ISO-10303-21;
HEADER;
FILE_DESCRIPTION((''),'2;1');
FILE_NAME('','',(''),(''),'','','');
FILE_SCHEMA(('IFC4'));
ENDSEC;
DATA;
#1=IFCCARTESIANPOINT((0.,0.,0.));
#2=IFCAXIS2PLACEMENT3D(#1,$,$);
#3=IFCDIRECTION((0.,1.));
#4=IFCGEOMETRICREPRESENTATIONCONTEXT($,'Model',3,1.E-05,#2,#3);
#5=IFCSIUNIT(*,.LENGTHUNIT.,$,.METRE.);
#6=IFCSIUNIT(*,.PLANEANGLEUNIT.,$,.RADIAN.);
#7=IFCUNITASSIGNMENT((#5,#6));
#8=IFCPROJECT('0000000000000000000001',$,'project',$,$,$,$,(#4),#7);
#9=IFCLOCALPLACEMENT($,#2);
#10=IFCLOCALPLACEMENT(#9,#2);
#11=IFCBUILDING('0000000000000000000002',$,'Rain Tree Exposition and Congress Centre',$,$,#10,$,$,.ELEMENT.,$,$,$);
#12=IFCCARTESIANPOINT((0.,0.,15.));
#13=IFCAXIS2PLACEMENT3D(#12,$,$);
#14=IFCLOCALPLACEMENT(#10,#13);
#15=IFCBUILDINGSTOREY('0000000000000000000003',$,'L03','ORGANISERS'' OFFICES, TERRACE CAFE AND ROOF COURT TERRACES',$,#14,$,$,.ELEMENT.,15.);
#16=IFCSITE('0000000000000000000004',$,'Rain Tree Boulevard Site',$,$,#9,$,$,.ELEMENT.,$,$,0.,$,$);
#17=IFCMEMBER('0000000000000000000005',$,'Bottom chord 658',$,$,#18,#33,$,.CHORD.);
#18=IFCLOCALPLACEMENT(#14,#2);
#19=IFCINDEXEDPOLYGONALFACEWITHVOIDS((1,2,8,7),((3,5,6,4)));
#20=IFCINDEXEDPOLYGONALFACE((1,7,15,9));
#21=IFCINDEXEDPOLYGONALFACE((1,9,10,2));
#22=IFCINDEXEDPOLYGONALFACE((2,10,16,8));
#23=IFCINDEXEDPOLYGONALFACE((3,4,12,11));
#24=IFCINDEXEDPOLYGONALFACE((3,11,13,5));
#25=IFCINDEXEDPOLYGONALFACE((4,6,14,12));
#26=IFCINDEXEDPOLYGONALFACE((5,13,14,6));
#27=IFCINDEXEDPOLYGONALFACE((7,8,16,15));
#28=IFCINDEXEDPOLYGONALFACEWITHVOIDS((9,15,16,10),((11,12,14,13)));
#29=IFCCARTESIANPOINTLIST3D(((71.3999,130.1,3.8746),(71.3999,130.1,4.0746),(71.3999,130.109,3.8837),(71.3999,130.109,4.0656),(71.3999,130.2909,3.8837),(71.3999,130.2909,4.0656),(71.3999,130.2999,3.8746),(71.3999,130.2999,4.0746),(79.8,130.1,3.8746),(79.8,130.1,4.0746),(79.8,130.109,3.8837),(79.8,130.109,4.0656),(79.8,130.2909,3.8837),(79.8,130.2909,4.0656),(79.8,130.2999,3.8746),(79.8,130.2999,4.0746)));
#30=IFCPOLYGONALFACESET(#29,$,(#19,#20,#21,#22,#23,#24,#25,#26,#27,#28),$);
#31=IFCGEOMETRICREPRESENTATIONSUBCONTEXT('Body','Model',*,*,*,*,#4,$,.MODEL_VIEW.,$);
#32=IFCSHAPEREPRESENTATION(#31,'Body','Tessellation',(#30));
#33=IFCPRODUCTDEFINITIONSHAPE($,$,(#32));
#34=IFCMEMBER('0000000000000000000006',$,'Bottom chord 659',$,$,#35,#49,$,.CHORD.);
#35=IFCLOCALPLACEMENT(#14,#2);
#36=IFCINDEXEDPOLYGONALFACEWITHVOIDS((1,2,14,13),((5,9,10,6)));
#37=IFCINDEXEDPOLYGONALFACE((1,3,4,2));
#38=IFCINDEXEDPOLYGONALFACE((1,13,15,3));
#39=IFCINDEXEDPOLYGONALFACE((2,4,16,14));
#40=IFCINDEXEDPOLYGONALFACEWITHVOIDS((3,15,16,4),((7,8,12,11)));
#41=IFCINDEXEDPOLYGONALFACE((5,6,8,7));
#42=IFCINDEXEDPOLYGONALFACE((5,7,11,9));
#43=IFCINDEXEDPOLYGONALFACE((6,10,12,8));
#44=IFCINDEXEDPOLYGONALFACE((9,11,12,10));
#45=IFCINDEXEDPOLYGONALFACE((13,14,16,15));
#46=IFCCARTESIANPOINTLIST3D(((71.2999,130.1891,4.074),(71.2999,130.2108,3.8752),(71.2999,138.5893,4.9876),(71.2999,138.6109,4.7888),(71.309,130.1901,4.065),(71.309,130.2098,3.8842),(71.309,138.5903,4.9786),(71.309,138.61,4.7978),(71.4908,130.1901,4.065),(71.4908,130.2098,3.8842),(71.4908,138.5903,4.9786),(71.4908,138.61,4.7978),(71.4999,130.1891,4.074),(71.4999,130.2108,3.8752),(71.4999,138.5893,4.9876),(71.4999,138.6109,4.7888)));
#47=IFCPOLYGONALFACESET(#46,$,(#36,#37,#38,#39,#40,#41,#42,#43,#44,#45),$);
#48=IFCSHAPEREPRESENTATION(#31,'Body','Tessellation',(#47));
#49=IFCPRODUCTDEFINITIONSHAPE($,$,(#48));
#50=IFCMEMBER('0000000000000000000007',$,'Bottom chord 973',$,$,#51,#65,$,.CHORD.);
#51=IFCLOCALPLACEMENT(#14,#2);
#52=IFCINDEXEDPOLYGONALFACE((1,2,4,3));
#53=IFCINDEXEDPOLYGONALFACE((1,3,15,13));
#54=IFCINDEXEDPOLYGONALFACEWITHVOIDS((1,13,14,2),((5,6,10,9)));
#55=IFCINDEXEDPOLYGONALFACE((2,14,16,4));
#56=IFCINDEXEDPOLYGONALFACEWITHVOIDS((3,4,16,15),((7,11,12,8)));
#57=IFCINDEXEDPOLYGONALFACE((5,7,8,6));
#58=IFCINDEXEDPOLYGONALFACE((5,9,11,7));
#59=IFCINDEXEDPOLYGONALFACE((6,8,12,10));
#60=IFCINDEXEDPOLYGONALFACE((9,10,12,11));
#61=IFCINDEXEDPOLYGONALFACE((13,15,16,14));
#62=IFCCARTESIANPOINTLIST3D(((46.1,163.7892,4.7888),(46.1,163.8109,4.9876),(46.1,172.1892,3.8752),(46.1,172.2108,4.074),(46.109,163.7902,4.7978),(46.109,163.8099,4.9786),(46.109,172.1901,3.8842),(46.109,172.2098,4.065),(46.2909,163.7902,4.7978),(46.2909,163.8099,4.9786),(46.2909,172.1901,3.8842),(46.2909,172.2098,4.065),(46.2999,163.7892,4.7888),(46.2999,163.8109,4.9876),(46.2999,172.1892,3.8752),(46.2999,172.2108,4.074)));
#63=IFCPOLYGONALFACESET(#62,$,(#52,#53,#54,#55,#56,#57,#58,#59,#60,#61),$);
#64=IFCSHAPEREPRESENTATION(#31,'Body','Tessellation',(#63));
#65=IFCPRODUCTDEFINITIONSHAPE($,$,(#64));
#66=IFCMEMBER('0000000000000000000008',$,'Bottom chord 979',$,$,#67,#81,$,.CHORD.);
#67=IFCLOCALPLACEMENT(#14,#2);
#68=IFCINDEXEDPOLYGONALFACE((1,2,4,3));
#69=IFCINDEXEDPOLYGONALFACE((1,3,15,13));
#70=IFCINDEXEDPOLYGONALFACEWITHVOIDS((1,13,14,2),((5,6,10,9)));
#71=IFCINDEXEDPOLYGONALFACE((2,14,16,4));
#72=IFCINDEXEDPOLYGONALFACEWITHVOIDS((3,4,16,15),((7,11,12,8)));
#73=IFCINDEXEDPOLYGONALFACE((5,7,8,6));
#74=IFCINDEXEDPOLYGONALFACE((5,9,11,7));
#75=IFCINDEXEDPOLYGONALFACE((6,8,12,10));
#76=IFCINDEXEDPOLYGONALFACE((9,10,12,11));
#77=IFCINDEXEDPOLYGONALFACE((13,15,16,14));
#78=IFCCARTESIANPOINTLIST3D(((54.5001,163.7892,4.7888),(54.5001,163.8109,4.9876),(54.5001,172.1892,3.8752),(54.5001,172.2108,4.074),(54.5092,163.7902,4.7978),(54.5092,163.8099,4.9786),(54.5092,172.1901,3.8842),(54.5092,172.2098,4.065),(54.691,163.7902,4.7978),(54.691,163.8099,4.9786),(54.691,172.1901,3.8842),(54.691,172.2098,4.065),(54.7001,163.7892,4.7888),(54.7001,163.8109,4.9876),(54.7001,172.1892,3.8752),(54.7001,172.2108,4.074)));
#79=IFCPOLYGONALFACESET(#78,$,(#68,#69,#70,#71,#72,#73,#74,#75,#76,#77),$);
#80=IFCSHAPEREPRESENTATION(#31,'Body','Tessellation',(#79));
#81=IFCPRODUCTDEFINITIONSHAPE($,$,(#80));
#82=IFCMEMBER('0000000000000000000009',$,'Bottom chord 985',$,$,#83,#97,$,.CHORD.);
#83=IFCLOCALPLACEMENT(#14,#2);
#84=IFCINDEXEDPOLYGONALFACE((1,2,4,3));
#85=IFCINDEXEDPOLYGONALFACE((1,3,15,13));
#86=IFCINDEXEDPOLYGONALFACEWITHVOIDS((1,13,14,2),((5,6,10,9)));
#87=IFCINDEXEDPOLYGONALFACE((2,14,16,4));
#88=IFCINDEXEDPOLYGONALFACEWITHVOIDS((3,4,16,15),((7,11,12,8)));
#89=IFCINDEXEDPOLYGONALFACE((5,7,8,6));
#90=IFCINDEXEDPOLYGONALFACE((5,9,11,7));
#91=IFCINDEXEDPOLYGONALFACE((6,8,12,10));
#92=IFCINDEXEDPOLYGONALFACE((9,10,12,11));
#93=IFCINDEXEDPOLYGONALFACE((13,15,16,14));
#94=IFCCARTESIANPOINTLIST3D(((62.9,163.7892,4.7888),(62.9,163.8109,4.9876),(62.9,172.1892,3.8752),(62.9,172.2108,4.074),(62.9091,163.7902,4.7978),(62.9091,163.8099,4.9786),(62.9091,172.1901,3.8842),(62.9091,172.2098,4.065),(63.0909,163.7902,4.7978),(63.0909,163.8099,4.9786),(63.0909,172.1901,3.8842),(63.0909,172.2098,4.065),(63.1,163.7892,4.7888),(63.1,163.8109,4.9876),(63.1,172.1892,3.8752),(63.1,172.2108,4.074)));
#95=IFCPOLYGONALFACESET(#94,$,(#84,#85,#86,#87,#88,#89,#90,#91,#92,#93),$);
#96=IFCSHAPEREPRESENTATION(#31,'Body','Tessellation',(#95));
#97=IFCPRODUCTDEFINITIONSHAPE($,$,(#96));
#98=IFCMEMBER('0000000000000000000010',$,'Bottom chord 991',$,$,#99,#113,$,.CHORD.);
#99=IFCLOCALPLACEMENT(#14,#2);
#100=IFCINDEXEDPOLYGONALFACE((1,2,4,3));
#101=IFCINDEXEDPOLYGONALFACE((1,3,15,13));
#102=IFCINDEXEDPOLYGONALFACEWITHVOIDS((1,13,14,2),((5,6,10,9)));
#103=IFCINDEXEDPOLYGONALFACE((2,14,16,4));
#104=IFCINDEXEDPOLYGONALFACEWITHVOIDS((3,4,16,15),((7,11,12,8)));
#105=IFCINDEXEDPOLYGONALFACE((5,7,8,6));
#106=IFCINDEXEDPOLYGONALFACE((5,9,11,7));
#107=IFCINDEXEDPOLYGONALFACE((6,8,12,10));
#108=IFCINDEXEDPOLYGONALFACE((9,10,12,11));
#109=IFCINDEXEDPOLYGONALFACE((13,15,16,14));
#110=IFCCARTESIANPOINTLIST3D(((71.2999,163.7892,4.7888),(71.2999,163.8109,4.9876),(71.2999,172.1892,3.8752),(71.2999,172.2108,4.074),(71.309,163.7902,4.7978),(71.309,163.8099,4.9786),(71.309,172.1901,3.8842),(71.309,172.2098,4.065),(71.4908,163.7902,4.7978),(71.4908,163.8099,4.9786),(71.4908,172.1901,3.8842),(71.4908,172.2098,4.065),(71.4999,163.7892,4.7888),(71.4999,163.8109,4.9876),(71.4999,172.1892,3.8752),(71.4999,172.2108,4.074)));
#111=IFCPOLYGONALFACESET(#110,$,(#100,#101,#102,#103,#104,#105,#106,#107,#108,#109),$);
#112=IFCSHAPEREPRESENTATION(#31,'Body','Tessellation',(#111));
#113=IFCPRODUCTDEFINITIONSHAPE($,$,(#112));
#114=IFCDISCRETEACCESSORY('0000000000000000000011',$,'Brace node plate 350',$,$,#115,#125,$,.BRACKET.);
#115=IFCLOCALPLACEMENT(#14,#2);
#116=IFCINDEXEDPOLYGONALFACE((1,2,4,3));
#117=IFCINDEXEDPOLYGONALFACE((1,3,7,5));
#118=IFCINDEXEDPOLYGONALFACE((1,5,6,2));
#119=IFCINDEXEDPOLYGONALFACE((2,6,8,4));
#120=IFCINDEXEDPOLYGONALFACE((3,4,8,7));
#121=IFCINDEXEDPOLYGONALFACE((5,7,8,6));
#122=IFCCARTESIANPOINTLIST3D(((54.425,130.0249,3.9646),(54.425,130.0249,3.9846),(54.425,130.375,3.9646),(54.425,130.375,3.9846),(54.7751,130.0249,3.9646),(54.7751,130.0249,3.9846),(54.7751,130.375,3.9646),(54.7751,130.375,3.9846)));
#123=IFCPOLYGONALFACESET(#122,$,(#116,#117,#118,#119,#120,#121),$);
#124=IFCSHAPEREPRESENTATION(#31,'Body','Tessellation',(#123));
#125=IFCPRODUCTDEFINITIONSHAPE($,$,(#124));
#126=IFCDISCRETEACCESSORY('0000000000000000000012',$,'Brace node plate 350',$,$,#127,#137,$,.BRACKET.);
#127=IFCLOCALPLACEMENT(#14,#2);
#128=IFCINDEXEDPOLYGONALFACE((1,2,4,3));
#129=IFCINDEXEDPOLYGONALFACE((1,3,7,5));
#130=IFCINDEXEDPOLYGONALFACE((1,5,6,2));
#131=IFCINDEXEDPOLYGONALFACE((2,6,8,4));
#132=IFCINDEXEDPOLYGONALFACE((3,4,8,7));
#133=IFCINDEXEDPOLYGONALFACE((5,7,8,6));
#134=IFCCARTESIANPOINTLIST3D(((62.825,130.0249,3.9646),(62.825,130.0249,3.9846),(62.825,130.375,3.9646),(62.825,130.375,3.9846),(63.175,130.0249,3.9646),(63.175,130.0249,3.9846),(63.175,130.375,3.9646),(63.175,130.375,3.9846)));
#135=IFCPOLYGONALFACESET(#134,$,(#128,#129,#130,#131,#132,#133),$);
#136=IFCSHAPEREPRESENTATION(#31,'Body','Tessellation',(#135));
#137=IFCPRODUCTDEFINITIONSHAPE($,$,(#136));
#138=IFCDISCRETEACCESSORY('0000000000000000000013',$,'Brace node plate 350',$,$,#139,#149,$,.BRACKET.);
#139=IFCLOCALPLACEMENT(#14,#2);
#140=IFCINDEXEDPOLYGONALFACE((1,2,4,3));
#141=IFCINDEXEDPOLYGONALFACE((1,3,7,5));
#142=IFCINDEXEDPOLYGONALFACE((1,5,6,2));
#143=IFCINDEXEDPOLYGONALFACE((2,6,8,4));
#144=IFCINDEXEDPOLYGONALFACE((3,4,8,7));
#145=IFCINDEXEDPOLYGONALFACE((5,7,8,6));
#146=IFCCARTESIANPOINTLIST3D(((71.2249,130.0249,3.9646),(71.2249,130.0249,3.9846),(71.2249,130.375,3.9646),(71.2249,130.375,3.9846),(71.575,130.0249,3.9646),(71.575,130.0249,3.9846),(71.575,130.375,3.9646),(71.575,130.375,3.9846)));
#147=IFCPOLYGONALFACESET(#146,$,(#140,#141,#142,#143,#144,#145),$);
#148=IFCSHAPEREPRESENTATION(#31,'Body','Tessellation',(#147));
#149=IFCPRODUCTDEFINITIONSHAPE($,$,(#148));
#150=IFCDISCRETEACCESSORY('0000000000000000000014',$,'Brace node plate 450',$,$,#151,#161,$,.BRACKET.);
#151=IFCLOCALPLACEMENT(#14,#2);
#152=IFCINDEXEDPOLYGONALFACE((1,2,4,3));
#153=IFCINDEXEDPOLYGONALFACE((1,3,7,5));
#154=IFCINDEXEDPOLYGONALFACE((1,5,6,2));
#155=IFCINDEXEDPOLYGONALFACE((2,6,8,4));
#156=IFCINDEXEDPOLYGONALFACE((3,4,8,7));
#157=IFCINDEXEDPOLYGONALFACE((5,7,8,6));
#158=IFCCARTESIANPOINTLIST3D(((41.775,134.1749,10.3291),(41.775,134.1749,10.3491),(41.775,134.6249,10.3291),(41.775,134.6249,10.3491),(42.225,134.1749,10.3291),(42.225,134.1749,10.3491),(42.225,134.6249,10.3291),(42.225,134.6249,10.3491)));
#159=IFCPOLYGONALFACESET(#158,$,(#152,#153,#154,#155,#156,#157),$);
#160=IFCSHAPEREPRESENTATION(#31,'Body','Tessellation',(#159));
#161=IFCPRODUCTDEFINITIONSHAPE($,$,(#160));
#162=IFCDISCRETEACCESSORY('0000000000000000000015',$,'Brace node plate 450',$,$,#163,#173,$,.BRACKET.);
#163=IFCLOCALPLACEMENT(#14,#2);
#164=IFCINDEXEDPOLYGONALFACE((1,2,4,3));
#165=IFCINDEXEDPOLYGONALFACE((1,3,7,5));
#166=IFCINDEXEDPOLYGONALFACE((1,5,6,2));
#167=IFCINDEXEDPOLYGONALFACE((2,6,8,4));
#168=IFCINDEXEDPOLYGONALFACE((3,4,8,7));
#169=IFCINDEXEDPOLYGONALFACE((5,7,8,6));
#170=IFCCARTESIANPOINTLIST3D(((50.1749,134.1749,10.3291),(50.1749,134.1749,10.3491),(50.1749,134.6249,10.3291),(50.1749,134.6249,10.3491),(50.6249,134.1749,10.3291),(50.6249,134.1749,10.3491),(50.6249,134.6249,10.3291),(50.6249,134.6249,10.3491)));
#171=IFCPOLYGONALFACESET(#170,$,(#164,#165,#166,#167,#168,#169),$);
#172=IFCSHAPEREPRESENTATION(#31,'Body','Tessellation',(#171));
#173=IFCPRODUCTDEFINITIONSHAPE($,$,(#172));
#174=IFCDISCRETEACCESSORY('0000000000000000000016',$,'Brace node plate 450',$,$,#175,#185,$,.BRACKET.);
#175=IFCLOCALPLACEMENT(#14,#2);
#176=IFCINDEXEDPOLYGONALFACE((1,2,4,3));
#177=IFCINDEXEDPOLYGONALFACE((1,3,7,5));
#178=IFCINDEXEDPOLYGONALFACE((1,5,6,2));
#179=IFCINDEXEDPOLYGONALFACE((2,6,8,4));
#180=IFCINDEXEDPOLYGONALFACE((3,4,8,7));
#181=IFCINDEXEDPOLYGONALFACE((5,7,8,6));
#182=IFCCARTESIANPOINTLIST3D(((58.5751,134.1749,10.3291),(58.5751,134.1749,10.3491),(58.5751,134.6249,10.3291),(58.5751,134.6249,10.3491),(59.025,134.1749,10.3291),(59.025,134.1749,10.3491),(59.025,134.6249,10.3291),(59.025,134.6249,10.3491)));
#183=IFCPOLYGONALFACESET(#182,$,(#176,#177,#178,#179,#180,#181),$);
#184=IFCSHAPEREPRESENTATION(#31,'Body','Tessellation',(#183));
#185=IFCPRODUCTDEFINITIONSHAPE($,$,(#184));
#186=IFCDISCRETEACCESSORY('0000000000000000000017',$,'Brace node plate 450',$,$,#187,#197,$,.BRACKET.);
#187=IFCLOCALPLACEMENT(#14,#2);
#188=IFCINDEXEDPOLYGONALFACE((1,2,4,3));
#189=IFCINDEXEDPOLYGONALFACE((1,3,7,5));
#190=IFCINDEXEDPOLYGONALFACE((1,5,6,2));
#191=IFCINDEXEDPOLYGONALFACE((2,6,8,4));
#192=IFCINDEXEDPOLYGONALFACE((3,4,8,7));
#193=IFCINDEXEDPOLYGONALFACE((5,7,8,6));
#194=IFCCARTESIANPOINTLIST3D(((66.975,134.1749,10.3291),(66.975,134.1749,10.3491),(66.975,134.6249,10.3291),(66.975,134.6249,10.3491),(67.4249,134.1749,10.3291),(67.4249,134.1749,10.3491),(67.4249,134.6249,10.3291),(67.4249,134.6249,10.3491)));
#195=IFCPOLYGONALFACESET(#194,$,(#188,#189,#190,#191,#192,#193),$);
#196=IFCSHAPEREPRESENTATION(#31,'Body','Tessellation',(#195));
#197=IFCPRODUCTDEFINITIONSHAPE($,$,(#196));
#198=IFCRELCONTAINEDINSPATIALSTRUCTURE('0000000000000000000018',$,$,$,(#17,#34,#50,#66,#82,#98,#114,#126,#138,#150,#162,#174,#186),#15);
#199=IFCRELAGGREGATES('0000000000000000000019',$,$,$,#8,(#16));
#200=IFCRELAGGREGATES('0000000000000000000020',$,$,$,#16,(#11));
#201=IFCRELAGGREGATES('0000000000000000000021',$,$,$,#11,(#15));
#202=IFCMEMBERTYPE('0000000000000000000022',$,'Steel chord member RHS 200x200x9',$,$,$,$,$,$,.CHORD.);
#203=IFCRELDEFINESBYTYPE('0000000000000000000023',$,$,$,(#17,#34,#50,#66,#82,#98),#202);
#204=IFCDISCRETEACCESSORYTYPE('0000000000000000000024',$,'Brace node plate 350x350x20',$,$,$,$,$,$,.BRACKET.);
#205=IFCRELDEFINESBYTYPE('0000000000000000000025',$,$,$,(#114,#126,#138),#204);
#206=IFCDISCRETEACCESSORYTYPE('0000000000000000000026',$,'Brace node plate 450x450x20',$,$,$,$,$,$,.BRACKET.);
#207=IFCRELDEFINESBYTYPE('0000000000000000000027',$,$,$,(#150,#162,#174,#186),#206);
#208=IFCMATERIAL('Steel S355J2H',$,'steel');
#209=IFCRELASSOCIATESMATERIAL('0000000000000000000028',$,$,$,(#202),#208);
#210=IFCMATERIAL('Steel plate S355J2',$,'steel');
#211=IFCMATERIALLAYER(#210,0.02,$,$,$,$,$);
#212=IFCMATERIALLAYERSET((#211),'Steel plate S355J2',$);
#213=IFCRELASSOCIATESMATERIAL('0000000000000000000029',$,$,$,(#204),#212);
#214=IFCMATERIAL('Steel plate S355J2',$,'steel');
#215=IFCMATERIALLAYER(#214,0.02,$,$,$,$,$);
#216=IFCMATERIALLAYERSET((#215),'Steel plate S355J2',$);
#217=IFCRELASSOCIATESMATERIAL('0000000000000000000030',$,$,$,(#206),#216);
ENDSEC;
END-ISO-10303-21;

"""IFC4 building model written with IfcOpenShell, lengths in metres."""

from ifc_helpers import new_model, si_unit, direction, frame, origin, origin_2d, place, context, subcontext, project, spatial, rectangle, hollow_rectangle, extrude, material, layer, layer_set, material_profile, profile_set, type_object, element, save


model = new_model("IFC4")

# Units and contexts
model_context = context("Model", 3, precision=1e-05, world=origin(), true_north=direction((0.0, 1.0)))
body_context = subcontext(model_context, "Body", "Model", "MODEL_VIEW")
ifc_project = project(units=[si_unit("LENGTHUNIT", "METRE"), si_unit("PLANEANGLEUNIT", "RADIAN")], contexts=[model_context])

# Site, building, storey
site_placement = place(None, origin())
site = spatial("IfcSite", under=ifc_project, at=site_placement, Name="Rain Tree Boulevard Site", CompositionType="ELEMENT", RefElevation=0.0)
building_placement = place(site_placement, origin())
building = spatial("IfcBuilding", under=site, at=building_placement, Name="Rain Tree Exposition and Congress Centre", CompositionType="ELEMENT")
storey_placement = place(building_placement, frame((0.0, 0.0, 15.0)))
storey = spatial("IfcBuildingStorey", under=building, at=storey_placement, Name="L03", Description="ORGANISERS' OFFICES, TERRACE CAFE AND ROOF COURT TERRACES", CompositionType="ELEMENT", Elevation=15.0)

# Members
ifc_material_1 = material(Name="Steel S355J2H", Category="steel")
ifc_material_profile_1 = material_profile(ifc_material_1, hollow_rectangle(XDim=0.2, YDim=0.2, WallThickness=0.009, at=origin_2d()), Name="RHS 200x200x9")
ifc_profile_set_1 = profile_set([ifc_material_profile_1], Name="Steel S355J2H")
member_type_1 = type_object("IfcMemberType", Name="Steel chord member RHS 200x200x9", PredefinedType="CHORD", material=ifc_profile_set_1)
member_1_placement = place(storey_placement, frame((71.3999, 130.2, 3.9746), z_axis=(1.0, 0.0, 0.0), x_axis=(0.0, 1.0, 0.0)))
element("IfcMember", 1, at=member_1_placement, inside=storey, type_object=member_type_1, Name="Bottom chord 658", PredefinedType="CHORD", context=body_context, shape_type="SweptSolid", body=[
    extrude(hollow_rectangle(XDim=0.2, YDim=0.2, WallThickness=0.009, at=origin_2d()), origin(), (0.0, 0.0, 1.0), 8.4001),
])
member_2_placement = place(storey_placement, frame((71.3999, 130.2, 3.9746), z_axis=(0.0, 0.994138, 0.108119), x_axis=(-1.0, 0.0, 0.0)))
element("IfcMember", 2, at=member_2_placement, inside=storey, type_object=member_type_1, Name="Bottom chord 659", PredefinedType="CHORD", context=body_context, shape_type="SweptSolid", body=[
    extrude(hollow_rectangle(XDim=0.2, YDim=0.2, WallThickness=0.009, at=origin_2d()), origin(), (0.0, 0.0, 1.0), 8.4497),
])
for number, where, z_axis, x_axis, name in (
    (3, (46.2, 163.8, 4.8882), (0.0, 0.994138, -0.108123), (-1.0, 0.0, 0.0), "Bottom chord 973"),
    (4, (54.6001, 163.8, 4.8882), (0.0, 0.994138, -0.108123), (-1.0, 0.0, 0.0), "Bottom chord 979"),
    (5, (63.0, 163.8, 4.8882), (0.0, 0.994138, -0.108123), (-1.0, 0.0, 0.0), "Bottom chord 985"),
    (6, (71.3999, 163.8, 4.8882), (0.0, 0.994138, -0.108123), (-1.0, 0.0, 0.0), "Bottom chord 991"),
):
    element("IfcMember", number, at=place(storey_placement, frame(where, z_axis=z_axis, x_axis=x_axis)), inside=storey, type_object=member_type_1, Name=name, PredefinedType="CHORD", context=body_context, shape_type="SweptSolid", body=[
        extrude(hollow_rectangle(XDim=0.2, YDim=0.2, WallThickness=0.009, at=origin_2d()), origin(), (0.0, 0.0, 1.0), 8.4495),
    ])

# Discrete accessories
ifc_material_2 = material(Name="Steel plate S355J2", Category="steel")
ifc_layer_1 = layer(ifc_material_2, 0.02)
ifc_layer_set_1 = layer_set([ifc_layer_1], Name="Steel plate S355J2")
discrete_accessory_type_1 = type_object("IfcDiscreteAccessoryType", Name="Brace node plate 350x350x20", PredefinedType="BRACKET", material=ifc_layer_set_1)
for number, where, z_axis, x_axis, name in (
    (7, (54.6001, 130.2, 3.9646), (0.0, 0.0, 1.0), (1.0, 0.0, 0.0), "Brace node plate 350"),
    (8, (63.0, 130.2, 3.9646), (0.0, 0.0, 1.0), (1.0, 0.0, 0.0), "Brace node plate 350"),
    (9, (71.3999, 130.2, 3.9646), (0.0, 0.0, 1.0), (1.0, 0.0, 0.0), "Brace node plate 350"),
):
    element("IfcDiscreteAccessory", number, at=place(storey_placement, frame(where, z_axis=z_axis, x_axis=x_axis)), inside=storey, type_object=discrete_accessory_type_1, Name=name, PredefinedType="BRACKET", context=body_context, shape_type="SweptSolid", body=[
        extrude(rectangle(XDim=0.3501, YDim=0.3501, at=origin_2d()), origin(), (0.0, 0.0, 1.0), 0.02),
    ])
ifc_material_3 = material(Name="Steel plate S355J2", Category="steel")
ifc_layer_2 = layer(ifc_material_3, 0.02)
ifc_layer_set_2 = layer_set([ifc_layer_2], Name="Steel plate S355J2")
discrete_accessory_type_2 = type_object("IfcDiscreteAccessoryType", Name="Brace node plate 450x450x20", PredefinedType="BRACKET", material=ifc_layer_set_2)
for number, where, z_axis, x_axis, name in (
    (10, (42.0, 134.3999, 10.3291), (0.0, 0.0, 1.0), (1.0, 0.0, 0.0), "Brace node plate 450"),
    (11, (50.3999, 134.3999, 10.3291), (0.0, 0.0, 1.0), (1.0, 0.0, 0.0), "Brace node plate 450"),
    (12, (58.8, 134.3999, 10.3291), (0.0, 0.0, 1.0), (1.0, 0.0, 0.0), "Brace node plate 450"),
    (13, (67.2, 134.3999, 10.3291), (0.0, 0.0, 1.0), (1.0, 0.0, 0.0), "Brace node plate 450"),
):
    element("IfcDiscreteAccessory", number, at=place(storey_placement, frame(where, z_axis=z_axis, x_axis=x_axis)), inside=storey, type_object=discrete_accessory_type_2, Name=name, PredefinedType="BRACKET", context=body_context, shape_type="SweptSolid", body=[
        extrude(rectangle(XDim=0.45, YDim=0.45, at=origin_2d()), origin(), (0.0, 0.0, 1.0), 0.02),
    ])

save(model, "model.ifc")
